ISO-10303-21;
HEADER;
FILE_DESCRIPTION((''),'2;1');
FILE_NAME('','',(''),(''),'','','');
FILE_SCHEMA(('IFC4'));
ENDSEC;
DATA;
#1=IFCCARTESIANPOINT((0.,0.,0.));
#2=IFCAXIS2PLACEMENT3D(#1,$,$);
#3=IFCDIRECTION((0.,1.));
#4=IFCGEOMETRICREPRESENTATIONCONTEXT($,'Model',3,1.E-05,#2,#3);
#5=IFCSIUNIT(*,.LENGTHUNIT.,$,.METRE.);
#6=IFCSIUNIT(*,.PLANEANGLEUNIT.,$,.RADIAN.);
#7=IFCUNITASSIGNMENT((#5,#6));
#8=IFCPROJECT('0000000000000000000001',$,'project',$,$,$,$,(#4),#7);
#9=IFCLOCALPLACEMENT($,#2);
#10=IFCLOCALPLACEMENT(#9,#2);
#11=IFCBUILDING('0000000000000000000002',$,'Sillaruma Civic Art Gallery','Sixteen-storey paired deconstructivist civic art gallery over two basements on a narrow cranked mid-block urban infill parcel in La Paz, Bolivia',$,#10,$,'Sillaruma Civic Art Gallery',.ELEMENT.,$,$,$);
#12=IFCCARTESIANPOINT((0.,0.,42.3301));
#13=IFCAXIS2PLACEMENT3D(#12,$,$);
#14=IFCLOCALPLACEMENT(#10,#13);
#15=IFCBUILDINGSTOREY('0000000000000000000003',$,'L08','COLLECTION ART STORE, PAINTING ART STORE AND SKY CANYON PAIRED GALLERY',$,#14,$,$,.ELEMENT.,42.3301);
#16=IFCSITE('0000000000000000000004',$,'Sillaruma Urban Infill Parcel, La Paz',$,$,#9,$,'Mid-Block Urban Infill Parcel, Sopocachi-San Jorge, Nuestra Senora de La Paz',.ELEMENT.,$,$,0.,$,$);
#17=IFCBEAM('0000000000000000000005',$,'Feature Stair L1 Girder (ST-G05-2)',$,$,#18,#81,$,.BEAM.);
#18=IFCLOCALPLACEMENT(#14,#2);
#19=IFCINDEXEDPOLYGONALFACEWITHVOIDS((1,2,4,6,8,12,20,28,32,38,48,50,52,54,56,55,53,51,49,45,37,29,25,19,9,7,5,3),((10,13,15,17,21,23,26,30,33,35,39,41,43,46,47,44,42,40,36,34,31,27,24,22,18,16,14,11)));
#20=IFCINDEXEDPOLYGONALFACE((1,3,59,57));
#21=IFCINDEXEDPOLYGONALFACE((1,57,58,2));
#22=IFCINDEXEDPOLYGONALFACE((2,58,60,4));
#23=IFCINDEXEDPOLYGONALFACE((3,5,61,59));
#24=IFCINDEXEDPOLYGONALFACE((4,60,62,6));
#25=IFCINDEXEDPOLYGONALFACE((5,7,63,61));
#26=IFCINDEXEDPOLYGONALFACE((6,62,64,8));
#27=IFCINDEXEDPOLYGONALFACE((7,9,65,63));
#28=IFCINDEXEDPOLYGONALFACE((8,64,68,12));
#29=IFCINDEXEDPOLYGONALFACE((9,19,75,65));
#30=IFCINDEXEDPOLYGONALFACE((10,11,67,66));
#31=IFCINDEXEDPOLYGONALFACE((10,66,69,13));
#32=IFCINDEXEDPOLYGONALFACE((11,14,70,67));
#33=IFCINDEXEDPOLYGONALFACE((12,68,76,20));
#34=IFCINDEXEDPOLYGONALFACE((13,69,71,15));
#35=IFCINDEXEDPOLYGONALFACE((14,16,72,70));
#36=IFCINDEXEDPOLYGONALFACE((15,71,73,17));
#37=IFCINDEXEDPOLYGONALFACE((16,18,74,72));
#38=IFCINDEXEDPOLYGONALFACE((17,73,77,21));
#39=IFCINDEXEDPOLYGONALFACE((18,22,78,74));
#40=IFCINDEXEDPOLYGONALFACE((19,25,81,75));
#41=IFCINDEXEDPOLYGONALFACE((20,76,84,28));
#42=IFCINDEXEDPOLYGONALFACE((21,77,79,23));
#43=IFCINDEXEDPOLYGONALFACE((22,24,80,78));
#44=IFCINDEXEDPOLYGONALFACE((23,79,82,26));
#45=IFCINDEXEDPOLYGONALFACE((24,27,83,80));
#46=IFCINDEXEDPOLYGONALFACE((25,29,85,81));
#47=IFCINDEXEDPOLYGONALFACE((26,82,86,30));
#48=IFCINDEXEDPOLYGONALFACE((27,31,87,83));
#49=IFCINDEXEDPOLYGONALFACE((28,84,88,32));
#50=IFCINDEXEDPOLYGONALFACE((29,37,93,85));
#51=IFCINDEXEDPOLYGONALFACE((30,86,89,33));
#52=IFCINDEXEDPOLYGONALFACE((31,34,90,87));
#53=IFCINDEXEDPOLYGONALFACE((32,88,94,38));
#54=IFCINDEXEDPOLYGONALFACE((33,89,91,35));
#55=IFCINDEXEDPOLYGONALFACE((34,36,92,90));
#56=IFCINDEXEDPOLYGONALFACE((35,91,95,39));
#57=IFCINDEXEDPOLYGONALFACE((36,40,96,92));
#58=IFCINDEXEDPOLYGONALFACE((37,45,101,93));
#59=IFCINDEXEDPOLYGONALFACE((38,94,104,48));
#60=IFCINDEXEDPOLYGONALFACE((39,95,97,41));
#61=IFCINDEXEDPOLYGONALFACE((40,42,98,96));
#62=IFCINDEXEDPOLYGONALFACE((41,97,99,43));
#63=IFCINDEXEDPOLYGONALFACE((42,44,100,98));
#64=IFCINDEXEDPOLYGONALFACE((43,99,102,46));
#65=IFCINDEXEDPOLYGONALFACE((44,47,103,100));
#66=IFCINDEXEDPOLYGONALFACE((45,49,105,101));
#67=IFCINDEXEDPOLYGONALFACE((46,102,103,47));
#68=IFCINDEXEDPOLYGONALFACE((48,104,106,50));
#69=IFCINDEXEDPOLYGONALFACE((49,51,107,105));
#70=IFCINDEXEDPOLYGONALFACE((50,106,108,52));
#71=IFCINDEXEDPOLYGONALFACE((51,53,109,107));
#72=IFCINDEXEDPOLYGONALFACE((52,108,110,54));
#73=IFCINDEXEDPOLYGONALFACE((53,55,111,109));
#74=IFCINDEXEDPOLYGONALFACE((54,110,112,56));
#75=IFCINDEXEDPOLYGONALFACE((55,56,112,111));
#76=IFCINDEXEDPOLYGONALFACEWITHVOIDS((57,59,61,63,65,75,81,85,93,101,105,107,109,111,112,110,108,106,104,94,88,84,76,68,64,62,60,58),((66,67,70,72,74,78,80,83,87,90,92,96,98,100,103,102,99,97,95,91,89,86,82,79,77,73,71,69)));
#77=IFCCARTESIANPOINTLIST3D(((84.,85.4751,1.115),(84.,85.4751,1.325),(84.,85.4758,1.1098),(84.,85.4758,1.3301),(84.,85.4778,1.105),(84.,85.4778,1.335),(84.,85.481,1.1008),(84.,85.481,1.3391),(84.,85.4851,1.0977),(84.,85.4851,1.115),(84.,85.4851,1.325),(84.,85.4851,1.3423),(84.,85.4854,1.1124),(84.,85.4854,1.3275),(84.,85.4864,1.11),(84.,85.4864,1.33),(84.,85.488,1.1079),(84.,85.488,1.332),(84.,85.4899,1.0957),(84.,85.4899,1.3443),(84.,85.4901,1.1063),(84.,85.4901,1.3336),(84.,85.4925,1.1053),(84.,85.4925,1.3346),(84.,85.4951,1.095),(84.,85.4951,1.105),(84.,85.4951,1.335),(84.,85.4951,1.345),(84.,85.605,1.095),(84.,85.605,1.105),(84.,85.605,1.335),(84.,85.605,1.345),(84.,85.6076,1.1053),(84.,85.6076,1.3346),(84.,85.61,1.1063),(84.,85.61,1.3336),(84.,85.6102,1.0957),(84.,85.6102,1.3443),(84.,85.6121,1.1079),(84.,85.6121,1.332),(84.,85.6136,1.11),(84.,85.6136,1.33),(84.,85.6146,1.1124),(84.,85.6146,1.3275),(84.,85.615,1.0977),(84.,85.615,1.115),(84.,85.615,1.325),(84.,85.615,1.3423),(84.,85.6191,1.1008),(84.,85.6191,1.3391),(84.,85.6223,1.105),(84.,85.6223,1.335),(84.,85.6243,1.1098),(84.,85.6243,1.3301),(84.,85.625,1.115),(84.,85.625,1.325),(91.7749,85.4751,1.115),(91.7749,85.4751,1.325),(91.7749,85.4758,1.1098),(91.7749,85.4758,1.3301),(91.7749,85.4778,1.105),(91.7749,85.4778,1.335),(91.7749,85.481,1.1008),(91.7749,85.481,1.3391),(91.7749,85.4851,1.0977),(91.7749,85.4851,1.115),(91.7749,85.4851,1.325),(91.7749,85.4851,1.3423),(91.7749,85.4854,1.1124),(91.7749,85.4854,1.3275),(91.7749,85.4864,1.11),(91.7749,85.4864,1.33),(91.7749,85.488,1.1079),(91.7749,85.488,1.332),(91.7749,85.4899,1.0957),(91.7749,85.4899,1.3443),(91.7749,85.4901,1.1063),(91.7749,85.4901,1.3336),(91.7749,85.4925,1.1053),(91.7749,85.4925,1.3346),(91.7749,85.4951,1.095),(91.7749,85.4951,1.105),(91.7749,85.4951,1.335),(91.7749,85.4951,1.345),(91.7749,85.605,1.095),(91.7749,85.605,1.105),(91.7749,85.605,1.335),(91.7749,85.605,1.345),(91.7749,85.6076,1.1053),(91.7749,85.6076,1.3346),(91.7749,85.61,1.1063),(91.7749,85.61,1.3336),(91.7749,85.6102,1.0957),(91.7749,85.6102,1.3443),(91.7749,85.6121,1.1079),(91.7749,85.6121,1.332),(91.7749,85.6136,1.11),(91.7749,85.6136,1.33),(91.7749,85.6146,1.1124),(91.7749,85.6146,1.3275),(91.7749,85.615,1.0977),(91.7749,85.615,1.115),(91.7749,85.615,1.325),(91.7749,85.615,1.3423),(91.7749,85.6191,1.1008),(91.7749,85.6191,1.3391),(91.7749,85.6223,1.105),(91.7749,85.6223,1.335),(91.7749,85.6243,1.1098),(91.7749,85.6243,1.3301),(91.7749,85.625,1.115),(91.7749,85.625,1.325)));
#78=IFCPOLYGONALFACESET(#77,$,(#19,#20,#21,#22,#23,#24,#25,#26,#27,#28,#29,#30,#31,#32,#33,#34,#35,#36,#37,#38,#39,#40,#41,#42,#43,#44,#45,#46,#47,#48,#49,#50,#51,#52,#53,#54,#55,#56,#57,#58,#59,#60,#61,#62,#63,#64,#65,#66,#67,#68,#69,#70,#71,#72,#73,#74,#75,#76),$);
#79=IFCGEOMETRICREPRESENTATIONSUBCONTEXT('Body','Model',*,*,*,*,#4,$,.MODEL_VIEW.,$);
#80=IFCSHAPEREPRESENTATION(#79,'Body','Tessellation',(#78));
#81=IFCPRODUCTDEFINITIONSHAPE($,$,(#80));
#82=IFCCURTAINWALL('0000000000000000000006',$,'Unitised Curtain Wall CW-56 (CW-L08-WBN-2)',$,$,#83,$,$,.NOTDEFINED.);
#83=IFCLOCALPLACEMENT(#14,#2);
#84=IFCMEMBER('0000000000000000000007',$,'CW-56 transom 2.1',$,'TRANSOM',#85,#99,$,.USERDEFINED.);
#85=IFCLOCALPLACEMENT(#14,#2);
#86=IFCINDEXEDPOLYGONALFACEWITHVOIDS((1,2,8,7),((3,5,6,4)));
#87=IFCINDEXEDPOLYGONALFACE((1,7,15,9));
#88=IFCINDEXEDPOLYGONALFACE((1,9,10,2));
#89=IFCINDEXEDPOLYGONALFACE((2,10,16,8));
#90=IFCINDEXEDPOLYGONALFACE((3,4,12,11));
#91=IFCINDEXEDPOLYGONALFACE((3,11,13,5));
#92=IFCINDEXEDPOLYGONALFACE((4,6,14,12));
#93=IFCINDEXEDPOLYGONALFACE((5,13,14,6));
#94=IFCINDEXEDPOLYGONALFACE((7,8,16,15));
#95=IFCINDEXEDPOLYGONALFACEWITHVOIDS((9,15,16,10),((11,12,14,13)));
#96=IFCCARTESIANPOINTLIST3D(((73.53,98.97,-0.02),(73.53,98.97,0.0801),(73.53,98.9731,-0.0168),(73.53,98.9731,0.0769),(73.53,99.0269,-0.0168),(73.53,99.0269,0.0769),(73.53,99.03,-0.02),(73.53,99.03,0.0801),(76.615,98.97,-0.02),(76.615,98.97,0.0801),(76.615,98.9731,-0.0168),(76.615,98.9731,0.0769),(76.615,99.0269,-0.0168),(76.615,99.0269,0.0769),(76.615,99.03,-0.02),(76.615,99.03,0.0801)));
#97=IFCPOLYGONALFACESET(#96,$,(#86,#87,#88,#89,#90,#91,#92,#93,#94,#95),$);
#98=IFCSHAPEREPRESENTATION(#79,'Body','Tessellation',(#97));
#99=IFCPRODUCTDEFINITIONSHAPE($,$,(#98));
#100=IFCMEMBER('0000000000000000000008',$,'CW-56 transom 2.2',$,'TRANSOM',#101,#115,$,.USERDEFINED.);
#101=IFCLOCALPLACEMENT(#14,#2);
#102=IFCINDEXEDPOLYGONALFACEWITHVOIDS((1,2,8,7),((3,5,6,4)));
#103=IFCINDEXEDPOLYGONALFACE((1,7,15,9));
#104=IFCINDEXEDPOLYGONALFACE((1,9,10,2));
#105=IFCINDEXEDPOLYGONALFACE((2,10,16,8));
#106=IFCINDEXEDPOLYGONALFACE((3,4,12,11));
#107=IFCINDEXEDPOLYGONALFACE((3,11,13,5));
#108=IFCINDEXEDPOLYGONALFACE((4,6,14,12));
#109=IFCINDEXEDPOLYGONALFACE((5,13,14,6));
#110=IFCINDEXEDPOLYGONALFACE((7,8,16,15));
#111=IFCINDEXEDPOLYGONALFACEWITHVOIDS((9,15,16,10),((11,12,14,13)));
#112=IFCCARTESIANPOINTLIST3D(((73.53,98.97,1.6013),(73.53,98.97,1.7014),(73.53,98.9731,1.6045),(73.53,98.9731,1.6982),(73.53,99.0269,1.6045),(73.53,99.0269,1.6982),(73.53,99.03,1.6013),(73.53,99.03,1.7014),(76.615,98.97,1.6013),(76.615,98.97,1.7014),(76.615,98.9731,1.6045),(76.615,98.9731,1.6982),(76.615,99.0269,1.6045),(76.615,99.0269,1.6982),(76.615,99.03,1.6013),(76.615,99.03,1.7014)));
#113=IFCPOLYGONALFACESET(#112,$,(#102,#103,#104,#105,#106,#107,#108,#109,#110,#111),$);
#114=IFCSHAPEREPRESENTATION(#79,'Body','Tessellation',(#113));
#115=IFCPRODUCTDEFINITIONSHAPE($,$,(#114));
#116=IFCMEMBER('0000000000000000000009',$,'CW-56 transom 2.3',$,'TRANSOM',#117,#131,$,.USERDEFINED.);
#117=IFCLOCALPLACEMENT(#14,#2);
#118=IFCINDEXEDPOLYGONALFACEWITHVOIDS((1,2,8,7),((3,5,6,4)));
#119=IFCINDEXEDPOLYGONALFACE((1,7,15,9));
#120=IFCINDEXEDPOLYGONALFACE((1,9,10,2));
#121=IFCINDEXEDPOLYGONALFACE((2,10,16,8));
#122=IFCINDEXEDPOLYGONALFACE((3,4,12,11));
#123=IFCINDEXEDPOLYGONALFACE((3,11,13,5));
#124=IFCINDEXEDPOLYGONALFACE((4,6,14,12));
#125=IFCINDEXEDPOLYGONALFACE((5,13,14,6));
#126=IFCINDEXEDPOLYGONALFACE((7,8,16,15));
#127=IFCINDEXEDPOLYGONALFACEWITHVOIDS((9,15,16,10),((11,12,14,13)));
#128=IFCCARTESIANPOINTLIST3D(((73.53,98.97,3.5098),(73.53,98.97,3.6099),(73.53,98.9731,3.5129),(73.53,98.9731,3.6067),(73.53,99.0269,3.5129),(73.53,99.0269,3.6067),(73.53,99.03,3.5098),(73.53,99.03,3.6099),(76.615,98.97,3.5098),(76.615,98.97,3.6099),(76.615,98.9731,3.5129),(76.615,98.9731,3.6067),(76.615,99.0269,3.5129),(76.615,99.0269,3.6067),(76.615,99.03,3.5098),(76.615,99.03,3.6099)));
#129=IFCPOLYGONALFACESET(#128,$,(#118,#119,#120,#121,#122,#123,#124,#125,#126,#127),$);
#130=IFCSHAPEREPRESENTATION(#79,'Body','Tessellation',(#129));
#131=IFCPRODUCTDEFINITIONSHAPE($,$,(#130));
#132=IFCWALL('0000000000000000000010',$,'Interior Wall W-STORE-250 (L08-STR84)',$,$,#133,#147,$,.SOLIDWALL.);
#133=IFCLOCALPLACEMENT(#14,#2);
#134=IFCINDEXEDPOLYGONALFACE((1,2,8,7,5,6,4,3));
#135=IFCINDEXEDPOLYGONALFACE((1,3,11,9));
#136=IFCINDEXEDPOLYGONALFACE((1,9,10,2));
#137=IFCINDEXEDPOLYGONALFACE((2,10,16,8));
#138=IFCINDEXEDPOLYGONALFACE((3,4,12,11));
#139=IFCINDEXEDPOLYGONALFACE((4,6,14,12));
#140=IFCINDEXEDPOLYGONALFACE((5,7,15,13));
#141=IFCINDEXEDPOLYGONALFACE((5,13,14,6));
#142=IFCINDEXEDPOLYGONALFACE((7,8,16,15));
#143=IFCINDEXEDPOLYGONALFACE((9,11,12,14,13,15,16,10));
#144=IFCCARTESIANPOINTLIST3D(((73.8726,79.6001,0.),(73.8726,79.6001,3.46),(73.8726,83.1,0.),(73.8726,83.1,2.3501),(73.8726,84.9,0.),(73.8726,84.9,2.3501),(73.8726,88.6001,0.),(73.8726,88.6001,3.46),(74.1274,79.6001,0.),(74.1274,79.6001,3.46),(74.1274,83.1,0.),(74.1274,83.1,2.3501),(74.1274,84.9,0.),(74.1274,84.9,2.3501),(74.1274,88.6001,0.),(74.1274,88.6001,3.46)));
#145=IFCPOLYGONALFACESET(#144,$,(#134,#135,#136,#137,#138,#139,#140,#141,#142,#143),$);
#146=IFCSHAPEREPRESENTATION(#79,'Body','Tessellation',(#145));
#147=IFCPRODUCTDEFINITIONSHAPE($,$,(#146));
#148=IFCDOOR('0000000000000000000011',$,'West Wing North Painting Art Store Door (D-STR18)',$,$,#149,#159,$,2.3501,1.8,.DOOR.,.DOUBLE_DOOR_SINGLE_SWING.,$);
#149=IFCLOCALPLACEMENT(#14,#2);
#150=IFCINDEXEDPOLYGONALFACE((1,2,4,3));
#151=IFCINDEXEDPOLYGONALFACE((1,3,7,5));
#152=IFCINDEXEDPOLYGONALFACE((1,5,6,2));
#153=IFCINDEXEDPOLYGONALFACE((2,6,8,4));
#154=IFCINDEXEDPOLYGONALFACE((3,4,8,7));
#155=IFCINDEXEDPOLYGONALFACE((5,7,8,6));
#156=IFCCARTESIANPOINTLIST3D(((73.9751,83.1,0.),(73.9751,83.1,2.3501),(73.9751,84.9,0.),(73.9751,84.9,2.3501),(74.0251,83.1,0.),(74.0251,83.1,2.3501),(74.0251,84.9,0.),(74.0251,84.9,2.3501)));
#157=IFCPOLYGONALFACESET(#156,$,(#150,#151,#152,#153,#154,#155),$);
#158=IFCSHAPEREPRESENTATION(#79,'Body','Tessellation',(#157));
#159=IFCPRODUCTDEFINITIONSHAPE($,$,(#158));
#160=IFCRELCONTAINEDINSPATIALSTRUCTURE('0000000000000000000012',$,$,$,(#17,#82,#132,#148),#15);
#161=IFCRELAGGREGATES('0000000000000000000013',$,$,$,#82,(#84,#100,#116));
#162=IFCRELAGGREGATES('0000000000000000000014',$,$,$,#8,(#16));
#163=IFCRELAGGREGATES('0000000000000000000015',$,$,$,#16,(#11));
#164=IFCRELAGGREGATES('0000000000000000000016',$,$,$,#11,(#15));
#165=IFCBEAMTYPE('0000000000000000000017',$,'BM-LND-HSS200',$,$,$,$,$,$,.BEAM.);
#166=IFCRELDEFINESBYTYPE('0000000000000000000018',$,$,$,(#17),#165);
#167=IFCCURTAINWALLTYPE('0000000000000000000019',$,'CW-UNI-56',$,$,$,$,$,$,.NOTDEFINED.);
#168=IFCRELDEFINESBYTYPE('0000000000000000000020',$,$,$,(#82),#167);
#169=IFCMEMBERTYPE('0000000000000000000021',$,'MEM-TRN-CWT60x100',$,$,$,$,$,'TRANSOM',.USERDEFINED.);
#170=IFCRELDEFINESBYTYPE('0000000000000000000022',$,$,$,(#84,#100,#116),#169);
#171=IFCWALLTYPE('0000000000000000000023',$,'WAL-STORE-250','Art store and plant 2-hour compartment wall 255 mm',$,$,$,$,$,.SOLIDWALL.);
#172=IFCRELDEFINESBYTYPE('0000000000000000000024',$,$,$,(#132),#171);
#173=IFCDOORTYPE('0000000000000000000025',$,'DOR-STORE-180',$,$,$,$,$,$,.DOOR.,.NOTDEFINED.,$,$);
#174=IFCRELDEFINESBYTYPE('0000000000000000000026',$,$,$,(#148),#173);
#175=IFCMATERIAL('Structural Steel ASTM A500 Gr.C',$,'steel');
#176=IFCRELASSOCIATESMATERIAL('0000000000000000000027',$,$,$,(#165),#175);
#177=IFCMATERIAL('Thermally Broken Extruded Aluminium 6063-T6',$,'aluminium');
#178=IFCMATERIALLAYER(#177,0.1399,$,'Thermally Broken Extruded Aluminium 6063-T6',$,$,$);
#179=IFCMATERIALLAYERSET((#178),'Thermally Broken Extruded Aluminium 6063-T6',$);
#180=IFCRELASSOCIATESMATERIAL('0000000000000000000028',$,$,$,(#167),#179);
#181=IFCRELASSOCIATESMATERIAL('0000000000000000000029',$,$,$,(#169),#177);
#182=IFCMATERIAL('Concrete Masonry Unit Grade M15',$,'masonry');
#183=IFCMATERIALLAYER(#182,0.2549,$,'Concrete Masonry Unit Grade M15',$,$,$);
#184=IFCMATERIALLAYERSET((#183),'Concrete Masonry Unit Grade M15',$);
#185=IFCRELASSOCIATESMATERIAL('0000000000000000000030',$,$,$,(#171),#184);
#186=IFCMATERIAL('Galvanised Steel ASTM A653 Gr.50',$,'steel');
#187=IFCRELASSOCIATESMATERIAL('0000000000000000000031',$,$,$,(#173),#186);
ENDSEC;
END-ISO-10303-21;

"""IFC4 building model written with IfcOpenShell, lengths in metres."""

from ifc_helpers import new_model, si_unit, direction, frame, frame_2d, origin, origin_2d, place, context, subcontext, project, spatial, rectangle, hollow_rectangle, extrude, material, layer, layer_set, material_profile, profile_set, type_object, element, fill, aggregate, save


model = new_model("IFC4")

# Units and contexts
model_context = context("Model", 3, precision=1e-05, world=origin(), true_north=direction((0.0, 1.0)))
body_context = subcontext(model_context, "Body", "Model", "MODEL_VIEW")
ifc_project = project(units=[si_unit("LENGTHUNIT", "METRE"), si_unit("PLANEANGLEUNIT", "RADIAN")], contexts=[model_context])

# Site, building, storey
site_placement = place(None, origin())
site = spatial("IfcSite", under=ifc_project, at=site_placement, Name="Sillaruma Urban Infill Parcel, La Paz", LongName="Mid-Block Urban Infill Parcel, Sopocachi-San Jorge, Nuestra Senora de La Paz", CompositionType="ELEMENT", RefElevation=0.0)
building_placement = place(site_placement, origin())
building = spatial("IfcBuilding", under=site, at=building_placement, Name="Sillaruma Civic Art Gallery", Description="Sixteen-storey paired deconstructivist civic art gallery over two basements on a narrow cranked mid-block urban infill parcel in La Paz, Bolivia", LongName="Sillaruma Civic Art Gallery", CompositionType="ELEMENT")
storey_placement = place(building_placement, frame((0.0, 0.0, 42.3301)))
storey = spatial("IfcBuildingStorey", under=building, at=storey_placement, Name="L08", Description="COLLECTION ART STORE, PAINTING ART STORE AND SKY CANYON PAIRED GALLERY", CompositionType="ELEMENT", Elevation=42.3301)

# Beam
ifc_material_1 = material(Name="Structural Steel ASTM A500 Gr.C", Category="steel")
ifc_material_profile_1 = material_profile(ifc_material_1, hollow_rectangle(XDim=0.1499, YDim=0.25, WallThickness=0.01, InnerFilletRadius=0.01, OuterFilletRadius=0.02, at=origin_2d()), Name="HSS250x150x10")
ifc_profile_set_1 = profile_set([ifc_material_profile_1], Name="Structural Steel ASTM A500 Gr.C")
beam_type_1 = type_object("IfcBeamType", Name="BM-LND-HSS200", PredefinedType="BEAM", material=ifc_profile_set_1)
for number, where, z_axis, x_axis, name in (
    (1, (84.0, 85.55, 1.22), (1.0, 0.0, 0.0), (0.0, 1.0, 0.0), "Feature Stair L1 Girder (ST-G05-2)"),
):
    element("IfcBeam", number, at=place(storey_placement, frame(where, z_axis=z_axis, x_axis=x_axis)), inside=storey, type_object=beam_type_1, Name=name, PredefinedType="BEAM", context=body_context, shape_type="SweptSolid", body=[
        extrude(hollow_rectangle(XDim=0.1499, YDim=0.25, WallThickness=0.01, InnerFilletRadius=0.01, OuterFilletRadius=0.02, at=origin_2d()), origin(), (0.0, 0.0, 1.0), 7.7749),
    ])

# Curtain wall, members
ifc_material_2 = material(Name="Thermally Broken Extruded Aluminium 6063-T6", Category="aluminium")
ifc_layer_1 = layer(ifc_material_2, 0.1399, Name="Thermally Broken Extruded Aluminium 6063-T6")
ifc_layer_set_1 = layer_set([ifc_layer_1], Name="Thermally Broken Extruded Aluminium 6063-T6")
curtain_wall_type = type_object("IfcCurtainWallType", Name="CW-UNI-56", PredefinedType="NOTDEFINED", material=ifc_layer_set_1)
curtain_wall_placement = place(storey_placement, origin())
curtain_wall = element("IfcCurtainWall", 2, at=curtain_wall_placement, inside=storey, type_object=curtain_wall_type, Name="Unitised Curtain Wall CW-56 (CW-L08-WBN-2)", PredefinedType="NOTDEFINED")
ifc_material_profile_2 = material_profile(ifc_material_2, hollow_rectangle(XDim=0.0601, YDim=0.1001, WallThickness=0.0032, at=origin_2d()), Name="CWT60x100")
ifc_profile_set_2 = profile_set([ifc_material_profile_2], Name="Thermally Broken Extruded Aluminium 6063-T6")
member_type = type_object("IfcMemberType", Name="MEM-TRN-CWT60x100", ElementType="TRANSOM", PredefinedType="USERDEFINED", material=ifc_profile_set_2)
member_1_placement = place(storey_placement, frame((73.53, 99.0, 0.03), z_axis=(1.0, 0.0, 0.0), x_axis=(0.0, 1.0, 0.0)))
member_1 = element("IfcMember", 3, at=member_1_placement, type_object=member_type, Name="CW-56 transom 2.1", ObjectType="TRANSOM", PredefinedType="USERDEFINED", context=body_context, shape_type="SweptSolid", body=[
    extrude(hollow_rectangle(XDim=0.0601, YDim=0.1001, WallThickness=0.0032, at=origin_2d()), origin(), (0.0, 0.0, 1.0), 3.085),
])
member_2_placement = place(storey_placement, frame((73.53, 99.0, 1.6514), z_axis=(1.0, 0.0, 0.0), x_axis=(0.0, 1.0, 0.0)))
member_2 = element("IfcMember", 4, at=member_2_placement, type_object=member_type, Name="CW-56 transom 2.2", ObjectType="TRANSOM", PredefinedType="USERDEFINED", context=body_context, shape_type="SweptSolid", body=[
    extrude(hollow_rectangle(XDim=0.0601, YDim=0.1001, WallThickness=0.0032, at=origin_2d()), origin(), (0.0, 0.0, 1.0), 3.085),
])
member_3_placement = place(storey_placement, frame((73.53, 99.0, 3.5598), z_axis=(1.0, 0.0, 0.0), x_axis=(0.0, 1.0, 0.0)))
member_3 = element("IfcMember", 5, at=member_3_placement, type_object=member_type, Name="CW-56 transom 2.3", ObjectType="TRANSOM", PredefinedType="USERDEFINED", context=body_context, shape_type="SweptSolid", body=[
    extrude(hollow_rectangle(XDim=0.0601, YDim=0.1001, WallThickness=0.0032, at=origin_2d()), origin(), (0.0, 0.0, 1.0), 3.085),
])
aggregate(curtain_wall, [member_1, member_2, member_3])

# Wall, opening, door
ifc_material_3 = material(Name="Concrete Masonry Unit Grade M15", Category="masonry")
ifc_layer_2 = layer(ifc_material_3, 0.2549, Name="Concrete Masonry Unit Grade M15")
ifc_layer_set_2 = layer_set([ifc_layer_2], Name="Concrete Masonry Unit Grade M15")
wall_type = type_object("IfcWallType", Name="WAL-STORE-250", Description="Art store and plant 2-hour compartment wall 255 mm", PredefinedType="SOLIDWALL", material=ifc_layer_set_2)
wall_placement = place(storey_placement, frame((74.0, 79.6001, 0.0), z_axis=(0.0, 0.0, 1.0), x_axis=(0.0, 1.0, 0.0)))
wall = element("IfcWall", 6, at=wall_placement, inside=storey, type_object=wall_type, Name="Interior Wall W-STORE-250 (L08-STR84)", PredefinedType="SOLIDWALL", context=body_context, shape_type="SweptSolid", body=[
    extrude(rectangle(XDim=9.0, YDim=0.2549, at=frame_2d((4.5, 0.0))), origin(), (0.0, 0.0, 1.0), 3.46),
])
opening_placement = place(wall_placement, frame((3.5, 0.0, 0.0)))
opening = element("IfcOpeningElement", 7, at=opening_placement, cuts=wall, PredefinedType="OPENING", context=body_context, shape_type="SweptSolid", body=[
    extrude(rectangle(XDim=1.8, YDim=2.3501, at=frame_2d((0.8999, 1.175))), frame((0.0, 0.1375, 0.0), z_axis=(0.0, -1.0, 0.0), x_axis=(1.0, 0.0, 0.0)), (0.0, 0.0, 1.0), 0.2749),
])
ifc_material_4 = material(Name="Galvanised Steel ASTM A653 Gr.50", Category="steel")
door_type = type_object("IfcDoorType", Name="DOR-STORE-180", OperationType="NOTDEFINED", PredefinedType="DOOR", material=ifc_material_4)
door_placement = place(opening_placement, origin())
door = element("IfcDoor", 8, at=door_placement, inside=storey, type_object=door_type, Name="West Wing North Painting Art Store Door (D-STR18)", OperationType="DOUBLE_DOOR_SINGLE_SWING", OverallHeight=2.3501, OverallWidth=1.8, PredefinedType="DOOR", context=body_context, shape_type="SweptSolid", body=[
    extrude(rectangle(XDim=1.8, YDim=2.3501, at=frame_2d((0.8999, 1.175))), frame((0.0, 0.0249, 0.0), z_axis=(0.0, -1.0, 0.0), x_axis=(1.0, 0.0, 0.0)), (0.0, 0.0, 1.0), 0.05),
])
fill(opening, door)

save(model, "model.ifc")
